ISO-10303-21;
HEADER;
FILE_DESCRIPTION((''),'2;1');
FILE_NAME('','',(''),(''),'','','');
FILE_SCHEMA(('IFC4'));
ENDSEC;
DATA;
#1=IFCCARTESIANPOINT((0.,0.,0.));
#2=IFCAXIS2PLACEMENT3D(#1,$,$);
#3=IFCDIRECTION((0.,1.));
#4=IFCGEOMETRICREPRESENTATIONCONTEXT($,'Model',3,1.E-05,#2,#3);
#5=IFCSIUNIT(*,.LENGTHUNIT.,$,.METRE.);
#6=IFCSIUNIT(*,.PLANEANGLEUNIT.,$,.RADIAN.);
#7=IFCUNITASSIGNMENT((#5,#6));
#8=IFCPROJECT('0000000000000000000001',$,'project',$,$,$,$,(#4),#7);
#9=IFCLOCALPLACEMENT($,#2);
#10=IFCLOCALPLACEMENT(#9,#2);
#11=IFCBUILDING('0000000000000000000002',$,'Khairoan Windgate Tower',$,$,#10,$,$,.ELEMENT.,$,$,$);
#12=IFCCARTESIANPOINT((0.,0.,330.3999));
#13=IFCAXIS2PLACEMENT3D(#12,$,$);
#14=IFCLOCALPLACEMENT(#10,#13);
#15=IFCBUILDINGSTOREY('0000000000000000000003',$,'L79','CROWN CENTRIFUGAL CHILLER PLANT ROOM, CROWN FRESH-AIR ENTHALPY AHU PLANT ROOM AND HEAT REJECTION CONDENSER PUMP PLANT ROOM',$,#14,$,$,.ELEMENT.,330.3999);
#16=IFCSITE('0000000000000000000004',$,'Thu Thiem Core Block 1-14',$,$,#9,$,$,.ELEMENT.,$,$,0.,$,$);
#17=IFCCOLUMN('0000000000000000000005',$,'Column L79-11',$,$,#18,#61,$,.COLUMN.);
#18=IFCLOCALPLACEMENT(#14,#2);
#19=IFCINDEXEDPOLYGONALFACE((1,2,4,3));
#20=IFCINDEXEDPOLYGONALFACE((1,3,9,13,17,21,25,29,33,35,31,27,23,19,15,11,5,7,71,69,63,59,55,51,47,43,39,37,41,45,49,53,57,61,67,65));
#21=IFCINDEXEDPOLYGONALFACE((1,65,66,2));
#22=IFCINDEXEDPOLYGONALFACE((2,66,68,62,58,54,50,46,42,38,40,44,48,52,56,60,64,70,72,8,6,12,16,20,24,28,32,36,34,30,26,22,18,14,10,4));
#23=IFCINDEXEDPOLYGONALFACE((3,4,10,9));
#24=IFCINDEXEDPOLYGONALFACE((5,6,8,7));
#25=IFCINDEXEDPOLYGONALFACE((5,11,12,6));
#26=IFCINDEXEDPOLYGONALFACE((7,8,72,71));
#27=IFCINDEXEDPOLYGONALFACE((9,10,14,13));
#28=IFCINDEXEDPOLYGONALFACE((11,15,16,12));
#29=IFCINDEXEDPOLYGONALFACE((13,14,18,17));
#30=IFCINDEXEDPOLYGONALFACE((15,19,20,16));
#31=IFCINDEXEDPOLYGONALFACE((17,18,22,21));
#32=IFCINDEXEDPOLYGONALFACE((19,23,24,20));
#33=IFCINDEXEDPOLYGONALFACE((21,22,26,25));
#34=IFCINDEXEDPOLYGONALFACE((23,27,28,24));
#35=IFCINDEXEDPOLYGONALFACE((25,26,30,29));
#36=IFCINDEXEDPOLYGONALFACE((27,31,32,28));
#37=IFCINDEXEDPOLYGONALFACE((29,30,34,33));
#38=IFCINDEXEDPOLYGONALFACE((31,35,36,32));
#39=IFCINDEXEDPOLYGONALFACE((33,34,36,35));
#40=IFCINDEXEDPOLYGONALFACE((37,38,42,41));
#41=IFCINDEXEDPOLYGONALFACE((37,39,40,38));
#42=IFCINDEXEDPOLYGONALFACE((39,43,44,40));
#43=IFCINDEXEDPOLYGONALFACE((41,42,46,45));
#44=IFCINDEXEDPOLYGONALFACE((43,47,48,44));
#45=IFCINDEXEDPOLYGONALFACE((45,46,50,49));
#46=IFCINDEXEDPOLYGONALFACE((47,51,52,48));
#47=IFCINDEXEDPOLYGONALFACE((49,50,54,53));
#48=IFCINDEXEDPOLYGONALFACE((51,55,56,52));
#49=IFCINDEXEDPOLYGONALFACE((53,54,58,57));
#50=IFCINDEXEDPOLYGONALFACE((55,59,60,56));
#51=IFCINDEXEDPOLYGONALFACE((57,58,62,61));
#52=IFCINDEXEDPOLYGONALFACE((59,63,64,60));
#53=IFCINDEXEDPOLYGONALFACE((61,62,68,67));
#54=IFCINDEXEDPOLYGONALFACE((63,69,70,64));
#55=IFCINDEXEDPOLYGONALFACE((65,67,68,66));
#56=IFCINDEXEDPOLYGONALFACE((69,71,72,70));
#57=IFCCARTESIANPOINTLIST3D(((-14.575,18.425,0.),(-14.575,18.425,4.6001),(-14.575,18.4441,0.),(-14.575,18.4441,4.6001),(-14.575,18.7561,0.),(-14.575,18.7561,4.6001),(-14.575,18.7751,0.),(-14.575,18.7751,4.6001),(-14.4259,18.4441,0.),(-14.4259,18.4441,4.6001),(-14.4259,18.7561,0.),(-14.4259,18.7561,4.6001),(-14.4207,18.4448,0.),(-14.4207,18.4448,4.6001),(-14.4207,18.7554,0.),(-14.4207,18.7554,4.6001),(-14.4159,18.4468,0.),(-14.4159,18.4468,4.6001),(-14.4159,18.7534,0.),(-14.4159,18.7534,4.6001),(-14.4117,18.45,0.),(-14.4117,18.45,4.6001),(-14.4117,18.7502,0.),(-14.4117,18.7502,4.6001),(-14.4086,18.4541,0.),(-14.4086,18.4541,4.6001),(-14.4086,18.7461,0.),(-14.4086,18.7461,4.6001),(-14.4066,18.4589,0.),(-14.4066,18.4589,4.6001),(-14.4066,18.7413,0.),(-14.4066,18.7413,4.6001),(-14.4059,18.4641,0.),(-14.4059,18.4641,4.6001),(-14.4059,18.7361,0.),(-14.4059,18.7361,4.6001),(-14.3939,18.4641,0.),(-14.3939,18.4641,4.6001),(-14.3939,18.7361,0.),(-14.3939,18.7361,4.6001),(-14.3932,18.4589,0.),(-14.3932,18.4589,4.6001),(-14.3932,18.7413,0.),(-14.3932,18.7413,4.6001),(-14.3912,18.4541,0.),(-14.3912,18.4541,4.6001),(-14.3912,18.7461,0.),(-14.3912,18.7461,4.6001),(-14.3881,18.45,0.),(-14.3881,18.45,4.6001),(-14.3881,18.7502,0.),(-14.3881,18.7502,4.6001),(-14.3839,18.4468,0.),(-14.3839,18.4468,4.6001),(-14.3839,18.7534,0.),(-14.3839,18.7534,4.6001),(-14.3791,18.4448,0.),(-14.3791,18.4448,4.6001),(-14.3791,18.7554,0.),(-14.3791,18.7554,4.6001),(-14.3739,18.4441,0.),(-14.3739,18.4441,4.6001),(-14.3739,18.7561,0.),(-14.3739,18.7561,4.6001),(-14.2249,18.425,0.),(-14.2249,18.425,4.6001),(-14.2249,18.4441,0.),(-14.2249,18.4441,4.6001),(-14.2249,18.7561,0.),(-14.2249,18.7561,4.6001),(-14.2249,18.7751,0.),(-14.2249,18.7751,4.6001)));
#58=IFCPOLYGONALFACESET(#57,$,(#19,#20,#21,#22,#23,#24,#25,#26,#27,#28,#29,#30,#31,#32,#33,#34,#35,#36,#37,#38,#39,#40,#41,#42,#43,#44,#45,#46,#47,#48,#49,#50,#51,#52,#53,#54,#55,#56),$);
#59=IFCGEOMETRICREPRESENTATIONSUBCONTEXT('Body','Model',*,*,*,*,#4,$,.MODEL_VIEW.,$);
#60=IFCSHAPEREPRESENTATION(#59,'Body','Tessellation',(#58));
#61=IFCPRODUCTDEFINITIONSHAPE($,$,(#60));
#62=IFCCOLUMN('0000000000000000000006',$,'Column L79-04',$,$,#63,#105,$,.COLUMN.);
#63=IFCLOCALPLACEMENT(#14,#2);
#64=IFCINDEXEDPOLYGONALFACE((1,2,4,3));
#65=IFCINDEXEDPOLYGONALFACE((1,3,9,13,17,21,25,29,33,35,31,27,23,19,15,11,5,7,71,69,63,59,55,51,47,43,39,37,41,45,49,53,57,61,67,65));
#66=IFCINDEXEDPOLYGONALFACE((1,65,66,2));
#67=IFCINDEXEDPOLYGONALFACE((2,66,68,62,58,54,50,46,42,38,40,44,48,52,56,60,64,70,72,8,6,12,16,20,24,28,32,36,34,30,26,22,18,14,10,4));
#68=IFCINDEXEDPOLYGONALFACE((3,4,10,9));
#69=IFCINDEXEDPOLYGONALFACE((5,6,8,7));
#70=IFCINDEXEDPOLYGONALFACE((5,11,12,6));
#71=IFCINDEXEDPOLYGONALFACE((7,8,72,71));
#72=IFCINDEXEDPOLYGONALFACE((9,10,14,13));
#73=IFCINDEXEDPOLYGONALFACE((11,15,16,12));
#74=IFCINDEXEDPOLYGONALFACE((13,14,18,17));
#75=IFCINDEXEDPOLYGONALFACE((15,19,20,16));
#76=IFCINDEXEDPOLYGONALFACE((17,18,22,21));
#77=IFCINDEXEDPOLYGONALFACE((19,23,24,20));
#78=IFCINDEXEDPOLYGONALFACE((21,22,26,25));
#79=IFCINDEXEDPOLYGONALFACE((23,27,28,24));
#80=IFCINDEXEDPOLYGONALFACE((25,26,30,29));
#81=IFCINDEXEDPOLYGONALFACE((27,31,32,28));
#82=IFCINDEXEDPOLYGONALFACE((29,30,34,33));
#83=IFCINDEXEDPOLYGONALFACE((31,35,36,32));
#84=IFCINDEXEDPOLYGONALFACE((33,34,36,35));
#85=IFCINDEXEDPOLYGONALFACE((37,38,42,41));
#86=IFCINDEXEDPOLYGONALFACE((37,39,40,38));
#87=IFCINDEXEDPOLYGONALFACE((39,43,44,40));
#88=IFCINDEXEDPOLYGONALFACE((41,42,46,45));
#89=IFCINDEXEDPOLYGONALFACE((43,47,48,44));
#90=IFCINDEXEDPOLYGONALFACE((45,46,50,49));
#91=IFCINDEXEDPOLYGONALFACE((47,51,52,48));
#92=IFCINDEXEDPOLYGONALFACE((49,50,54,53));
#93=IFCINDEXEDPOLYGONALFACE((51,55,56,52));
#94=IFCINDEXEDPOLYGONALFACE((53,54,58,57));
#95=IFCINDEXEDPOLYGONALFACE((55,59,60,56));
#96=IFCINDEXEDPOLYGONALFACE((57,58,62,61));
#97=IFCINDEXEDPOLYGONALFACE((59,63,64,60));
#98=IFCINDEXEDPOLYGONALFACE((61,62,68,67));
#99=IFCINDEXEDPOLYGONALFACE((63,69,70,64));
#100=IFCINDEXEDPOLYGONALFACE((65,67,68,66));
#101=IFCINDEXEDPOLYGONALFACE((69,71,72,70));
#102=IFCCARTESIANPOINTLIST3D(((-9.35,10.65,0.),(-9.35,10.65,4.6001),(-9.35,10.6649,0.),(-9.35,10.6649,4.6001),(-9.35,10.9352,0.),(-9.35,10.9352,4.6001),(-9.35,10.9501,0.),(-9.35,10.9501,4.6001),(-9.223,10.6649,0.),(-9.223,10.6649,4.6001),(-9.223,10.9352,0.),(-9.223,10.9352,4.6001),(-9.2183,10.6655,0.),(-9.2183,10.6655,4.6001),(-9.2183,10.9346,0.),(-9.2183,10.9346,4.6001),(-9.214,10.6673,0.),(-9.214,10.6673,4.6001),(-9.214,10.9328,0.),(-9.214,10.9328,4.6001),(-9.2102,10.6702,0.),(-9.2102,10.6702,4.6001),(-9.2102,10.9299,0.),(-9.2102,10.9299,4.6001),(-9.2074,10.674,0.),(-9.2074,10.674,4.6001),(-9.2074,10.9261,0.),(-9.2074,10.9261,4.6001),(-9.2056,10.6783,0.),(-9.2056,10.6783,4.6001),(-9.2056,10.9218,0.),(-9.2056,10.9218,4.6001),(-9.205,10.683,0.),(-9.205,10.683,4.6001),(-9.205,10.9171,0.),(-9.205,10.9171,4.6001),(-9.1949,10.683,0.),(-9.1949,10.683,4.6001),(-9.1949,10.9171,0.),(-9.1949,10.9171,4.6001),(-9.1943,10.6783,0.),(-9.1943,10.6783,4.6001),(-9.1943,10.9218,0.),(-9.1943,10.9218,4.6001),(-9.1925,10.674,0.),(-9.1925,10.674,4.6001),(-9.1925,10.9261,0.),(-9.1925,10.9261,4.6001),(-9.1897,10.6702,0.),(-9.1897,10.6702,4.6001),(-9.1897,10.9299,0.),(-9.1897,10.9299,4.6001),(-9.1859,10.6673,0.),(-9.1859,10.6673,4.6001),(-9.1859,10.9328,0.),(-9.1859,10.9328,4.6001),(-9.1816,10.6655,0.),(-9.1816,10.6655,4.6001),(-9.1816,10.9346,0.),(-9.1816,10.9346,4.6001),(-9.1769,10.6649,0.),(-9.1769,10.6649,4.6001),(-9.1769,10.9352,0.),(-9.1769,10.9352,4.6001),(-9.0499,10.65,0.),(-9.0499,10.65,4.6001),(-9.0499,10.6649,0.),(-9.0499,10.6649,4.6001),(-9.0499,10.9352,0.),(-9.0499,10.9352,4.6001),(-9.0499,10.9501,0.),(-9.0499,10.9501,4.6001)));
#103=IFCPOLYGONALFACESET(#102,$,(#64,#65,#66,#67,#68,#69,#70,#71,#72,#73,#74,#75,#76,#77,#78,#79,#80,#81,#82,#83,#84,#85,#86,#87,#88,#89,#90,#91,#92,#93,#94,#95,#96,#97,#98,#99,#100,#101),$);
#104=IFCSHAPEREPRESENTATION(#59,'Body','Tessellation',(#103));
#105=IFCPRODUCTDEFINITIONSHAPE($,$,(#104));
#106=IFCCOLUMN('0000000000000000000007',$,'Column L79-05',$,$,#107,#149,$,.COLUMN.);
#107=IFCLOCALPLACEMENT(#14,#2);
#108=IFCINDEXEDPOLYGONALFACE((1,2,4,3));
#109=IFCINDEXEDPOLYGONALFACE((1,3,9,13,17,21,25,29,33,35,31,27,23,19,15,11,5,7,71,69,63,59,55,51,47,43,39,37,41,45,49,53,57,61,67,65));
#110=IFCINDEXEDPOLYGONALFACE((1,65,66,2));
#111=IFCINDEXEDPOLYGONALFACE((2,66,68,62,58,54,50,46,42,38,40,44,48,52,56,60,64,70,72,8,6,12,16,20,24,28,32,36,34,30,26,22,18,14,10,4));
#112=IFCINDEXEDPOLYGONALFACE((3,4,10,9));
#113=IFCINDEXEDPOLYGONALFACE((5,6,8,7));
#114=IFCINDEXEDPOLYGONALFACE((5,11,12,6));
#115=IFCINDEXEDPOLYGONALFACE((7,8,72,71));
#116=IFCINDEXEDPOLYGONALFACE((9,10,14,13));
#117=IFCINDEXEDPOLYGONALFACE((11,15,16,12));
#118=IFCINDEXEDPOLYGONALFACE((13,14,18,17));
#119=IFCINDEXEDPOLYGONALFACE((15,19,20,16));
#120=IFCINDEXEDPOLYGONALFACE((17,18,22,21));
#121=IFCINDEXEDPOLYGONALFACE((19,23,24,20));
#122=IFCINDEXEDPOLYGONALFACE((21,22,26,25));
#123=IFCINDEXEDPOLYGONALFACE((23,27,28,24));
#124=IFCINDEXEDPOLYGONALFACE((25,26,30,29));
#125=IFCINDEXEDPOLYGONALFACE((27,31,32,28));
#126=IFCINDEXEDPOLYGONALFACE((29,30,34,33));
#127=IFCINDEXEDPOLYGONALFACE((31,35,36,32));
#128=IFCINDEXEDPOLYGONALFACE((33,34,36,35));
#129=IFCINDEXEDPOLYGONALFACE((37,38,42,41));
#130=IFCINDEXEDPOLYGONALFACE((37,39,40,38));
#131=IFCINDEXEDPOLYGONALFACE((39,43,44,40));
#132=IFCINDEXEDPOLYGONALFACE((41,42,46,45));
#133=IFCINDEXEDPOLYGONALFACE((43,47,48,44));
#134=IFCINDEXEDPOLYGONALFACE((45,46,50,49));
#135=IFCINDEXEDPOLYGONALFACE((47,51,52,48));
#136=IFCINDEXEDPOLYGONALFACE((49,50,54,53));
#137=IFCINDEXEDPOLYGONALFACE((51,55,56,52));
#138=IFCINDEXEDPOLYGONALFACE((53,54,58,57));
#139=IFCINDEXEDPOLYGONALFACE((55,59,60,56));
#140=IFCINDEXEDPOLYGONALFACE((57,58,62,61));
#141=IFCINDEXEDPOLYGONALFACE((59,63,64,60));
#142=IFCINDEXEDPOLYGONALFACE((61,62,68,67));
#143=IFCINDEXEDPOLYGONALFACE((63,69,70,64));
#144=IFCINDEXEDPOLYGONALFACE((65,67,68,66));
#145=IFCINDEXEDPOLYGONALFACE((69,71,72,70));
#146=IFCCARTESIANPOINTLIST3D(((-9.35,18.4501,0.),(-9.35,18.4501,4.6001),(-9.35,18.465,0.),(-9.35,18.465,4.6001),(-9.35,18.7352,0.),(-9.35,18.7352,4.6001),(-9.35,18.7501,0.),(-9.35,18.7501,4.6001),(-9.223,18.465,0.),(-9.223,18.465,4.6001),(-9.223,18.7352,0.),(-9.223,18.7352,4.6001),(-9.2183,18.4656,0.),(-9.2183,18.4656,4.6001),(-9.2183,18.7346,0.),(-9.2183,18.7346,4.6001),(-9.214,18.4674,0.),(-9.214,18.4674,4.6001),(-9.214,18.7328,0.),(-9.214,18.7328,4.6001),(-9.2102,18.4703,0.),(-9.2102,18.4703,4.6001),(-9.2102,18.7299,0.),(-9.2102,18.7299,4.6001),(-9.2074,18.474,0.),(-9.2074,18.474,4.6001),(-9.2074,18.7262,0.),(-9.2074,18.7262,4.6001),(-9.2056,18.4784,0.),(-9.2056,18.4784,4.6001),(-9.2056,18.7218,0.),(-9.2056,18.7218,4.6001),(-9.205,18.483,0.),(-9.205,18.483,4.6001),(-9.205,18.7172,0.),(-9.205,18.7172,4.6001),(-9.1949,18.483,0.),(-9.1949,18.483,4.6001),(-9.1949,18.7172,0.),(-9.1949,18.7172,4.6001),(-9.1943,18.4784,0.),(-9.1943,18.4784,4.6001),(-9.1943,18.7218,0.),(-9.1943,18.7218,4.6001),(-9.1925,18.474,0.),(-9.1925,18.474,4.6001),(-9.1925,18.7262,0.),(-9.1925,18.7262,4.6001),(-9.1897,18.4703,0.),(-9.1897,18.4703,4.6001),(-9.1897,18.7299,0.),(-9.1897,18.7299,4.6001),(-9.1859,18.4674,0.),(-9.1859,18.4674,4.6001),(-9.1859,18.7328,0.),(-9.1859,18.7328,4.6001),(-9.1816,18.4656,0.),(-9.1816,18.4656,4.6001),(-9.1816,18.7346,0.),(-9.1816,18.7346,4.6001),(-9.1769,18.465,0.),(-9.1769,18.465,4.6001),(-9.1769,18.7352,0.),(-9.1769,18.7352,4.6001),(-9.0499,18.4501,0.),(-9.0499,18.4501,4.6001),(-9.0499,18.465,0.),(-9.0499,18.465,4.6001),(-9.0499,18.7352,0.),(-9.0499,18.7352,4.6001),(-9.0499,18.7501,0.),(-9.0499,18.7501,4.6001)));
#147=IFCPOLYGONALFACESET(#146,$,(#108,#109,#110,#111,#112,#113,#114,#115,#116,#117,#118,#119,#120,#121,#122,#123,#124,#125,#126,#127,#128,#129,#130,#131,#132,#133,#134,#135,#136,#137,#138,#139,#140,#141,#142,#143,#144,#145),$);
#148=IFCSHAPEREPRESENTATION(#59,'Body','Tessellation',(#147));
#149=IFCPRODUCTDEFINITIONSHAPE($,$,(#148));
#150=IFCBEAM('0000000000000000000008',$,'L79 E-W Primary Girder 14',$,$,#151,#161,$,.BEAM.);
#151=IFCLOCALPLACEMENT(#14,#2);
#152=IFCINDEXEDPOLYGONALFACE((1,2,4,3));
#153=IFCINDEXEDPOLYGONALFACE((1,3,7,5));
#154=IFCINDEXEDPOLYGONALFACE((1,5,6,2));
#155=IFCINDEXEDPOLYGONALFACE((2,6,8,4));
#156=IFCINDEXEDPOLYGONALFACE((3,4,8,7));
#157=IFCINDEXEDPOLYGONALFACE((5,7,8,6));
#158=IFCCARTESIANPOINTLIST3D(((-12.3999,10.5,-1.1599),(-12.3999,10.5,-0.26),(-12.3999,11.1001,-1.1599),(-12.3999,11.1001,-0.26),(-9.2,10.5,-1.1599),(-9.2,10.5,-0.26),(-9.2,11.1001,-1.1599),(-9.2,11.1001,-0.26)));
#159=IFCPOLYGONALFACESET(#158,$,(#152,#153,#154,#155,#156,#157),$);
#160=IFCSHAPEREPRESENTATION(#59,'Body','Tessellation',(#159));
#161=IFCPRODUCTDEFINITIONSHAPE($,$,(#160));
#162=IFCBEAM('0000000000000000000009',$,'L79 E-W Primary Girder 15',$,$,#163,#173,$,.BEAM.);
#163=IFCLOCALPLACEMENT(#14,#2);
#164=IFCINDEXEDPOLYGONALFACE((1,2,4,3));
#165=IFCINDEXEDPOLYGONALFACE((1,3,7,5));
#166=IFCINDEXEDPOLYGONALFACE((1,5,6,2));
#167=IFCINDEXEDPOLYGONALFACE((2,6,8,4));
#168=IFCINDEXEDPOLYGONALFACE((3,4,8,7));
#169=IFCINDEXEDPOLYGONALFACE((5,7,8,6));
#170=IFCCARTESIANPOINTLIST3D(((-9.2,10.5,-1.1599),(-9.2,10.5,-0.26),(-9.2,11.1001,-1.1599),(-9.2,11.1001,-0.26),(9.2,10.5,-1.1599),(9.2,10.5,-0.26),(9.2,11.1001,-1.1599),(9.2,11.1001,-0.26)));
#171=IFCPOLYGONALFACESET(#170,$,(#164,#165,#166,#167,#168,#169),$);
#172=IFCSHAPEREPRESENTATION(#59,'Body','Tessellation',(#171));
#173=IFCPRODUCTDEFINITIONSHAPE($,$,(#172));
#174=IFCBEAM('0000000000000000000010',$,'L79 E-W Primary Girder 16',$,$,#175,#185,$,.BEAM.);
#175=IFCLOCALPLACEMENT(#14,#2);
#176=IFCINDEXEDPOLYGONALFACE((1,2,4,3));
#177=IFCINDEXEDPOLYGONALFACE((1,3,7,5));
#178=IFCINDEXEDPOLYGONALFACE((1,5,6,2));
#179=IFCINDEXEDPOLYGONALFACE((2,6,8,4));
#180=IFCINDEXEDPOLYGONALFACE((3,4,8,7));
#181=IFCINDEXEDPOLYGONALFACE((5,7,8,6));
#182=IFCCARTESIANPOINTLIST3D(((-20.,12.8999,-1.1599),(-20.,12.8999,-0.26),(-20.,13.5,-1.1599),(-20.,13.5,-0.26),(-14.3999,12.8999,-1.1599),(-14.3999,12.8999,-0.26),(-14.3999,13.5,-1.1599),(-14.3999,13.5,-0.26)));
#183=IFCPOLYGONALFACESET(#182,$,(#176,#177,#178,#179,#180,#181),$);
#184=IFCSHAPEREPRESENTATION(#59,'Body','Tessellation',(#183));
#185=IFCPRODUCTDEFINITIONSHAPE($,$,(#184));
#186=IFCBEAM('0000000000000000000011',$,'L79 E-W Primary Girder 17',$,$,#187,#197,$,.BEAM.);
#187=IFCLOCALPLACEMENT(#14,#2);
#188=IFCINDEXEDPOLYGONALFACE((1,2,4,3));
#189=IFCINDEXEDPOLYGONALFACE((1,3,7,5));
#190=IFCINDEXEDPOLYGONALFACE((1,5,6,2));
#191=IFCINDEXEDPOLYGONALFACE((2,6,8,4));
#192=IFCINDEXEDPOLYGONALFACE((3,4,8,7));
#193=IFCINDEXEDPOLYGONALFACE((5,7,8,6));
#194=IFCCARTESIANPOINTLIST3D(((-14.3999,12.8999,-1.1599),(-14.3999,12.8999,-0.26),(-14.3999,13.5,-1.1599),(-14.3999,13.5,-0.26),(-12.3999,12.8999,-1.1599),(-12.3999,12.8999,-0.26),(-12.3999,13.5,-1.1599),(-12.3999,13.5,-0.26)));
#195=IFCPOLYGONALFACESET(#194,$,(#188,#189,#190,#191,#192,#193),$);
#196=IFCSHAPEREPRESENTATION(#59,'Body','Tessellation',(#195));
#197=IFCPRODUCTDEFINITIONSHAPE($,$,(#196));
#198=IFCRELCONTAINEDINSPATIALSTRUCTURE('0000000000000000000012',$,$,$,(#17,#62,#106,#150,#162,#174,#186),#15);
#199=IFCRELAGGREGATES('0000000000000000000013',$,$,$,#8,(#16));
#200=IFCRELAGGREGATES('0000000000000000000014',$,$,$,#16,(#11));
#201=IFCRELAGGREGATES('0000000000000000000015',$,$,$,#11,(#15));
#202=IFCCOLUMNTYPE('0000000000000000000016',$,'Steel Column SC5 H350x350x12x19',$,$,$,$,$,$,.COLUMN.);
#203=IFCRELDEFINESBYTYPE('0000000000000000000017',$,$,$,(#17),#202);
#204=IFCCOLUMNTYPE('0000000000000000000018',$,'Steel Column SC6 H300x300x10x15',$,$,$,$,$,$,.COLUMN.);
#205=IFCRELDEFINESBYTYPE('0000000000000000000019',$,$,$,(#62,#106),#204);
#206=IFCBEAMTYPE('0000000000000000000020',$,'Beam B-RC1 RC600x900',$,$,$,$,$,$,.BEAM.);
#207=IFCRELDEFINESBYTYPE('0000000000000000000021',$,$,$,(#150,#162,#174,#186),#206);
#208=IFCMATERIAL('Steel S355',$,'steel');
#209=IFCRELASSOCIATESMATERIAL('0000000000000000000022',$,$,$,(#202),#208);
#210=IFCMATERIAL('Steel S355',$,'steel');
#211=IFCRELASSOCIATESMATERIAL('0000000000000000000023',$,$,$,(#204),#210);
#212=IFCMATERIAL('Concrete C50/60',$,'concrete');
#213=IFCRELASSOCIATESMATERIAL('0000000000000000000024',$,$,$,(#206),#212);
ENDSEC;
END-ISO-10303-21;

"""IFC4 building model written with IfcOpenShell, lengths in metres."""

from ifc_helpers import new_model, si_unit, direction, frame, origin, origin_2d, place, context, subcontext, project, spatial, rectangle, i_section, extrude, material, material_profile, profile_set, type_object, element, save


model = new_model("IFC4")

# Units and contexts
model_context = context("Model", 3, precision=1e-05, world=origin(), true_north=direction((0.0, 1.0)))
body_context = subcontext(model_context, "Body", "Model", "MODEL_VIEW")
ifc_project = project(units=[si_unit("LENGTHUNIT", "METRE"), si_unit("PLANEANGLEUNIT", "RADIAN")], contexts=[model_context])

# Site, building, storey
site_placement = place(None, origin())
site = spatial("IfcSite", under=ifc_project, at=site_placement, Name="Thu Thiem Core Block 1-14", CompositionType="ELEMENT", RefElevation=0.0)
building_placement = place(site_placement, origin())
building = spatial("IfcBuilding", under=site, at=building_placement, Name="Khairoan Windgate Tower", CompositionType="ELEMENT")
storey_placement = place(building_placement, frame((0.0, 0.0, 330.3999)))
storey = spatial("IfcBuildingStorey", under=building, at=storey_placement, Name="L79", Description="CROWN CENTRIFUGAL CHILLER PLANT ROOM, CROWN FRESH-AIR ENTHALPY AHU PLANT ROOM AND HEAT REJECTION CONDENSER PUMP PLANT ROOM", CompositionType="ELEMENT", Elevation=330.3999)

# Columns
ifc_material_1 = material(Name="Steel S355", Category="steel")
ifc_material_profile_1 = material_profile(ifc_material_1, i_section(OverallWidth=0.3501, OverallDepth=0.3501, WebThickness=0.012, FlangeThickness=0.019, FilletRadius=0.02, at=origin_2d()))
ifc_profile_set_1 = profile_set([ifc_material_profile_1], Name="Steel S355")
column_type_1 = type_object("IfcColumnType", Name="Steel Column SC5 H350x350x12x19", PredefinedType="COLUMN", material=ifc_profile_set_1)
column_placement = place(storey_placement, frame((-14.3999, 18.6001, 0.0), z_axis=(0.0, 0.0, 1.0), x_axis=(1.0, 0.0, 0.0)))
element("IfcColumn", 1, at=column_placement, inside=storey, type_object=column_type_1, Name="Column L79-11", PredefinedType="COLUMN", context=body_context, shape_type="SweptSolid", body=[
    extrude(i_section(OverallWidth=0.3501, OverallDepth=0.3501, WebThickness=0.012, FlangeThickness=0.019, FilletRadius=0.02, at=origin_2d()), origin(), (0.0, 0.0, 1.0), 4.6001),
])
ifc_material_2 = material(Name="Steel S355", Category="steel")
ifc_material_profile_2 = material_profile(ifc_material_2, i_section(OverallWidth=0.3, OverallDepth=0.3, WebThickness=0.01, FlangeThickness=0.0149, FilletRadius=0.0181, at=origin_2d()))
ifc_profile_set_2 = profile_set([ifc_material_profile_2], Name="Steel S355")
column_type_2 = type_object("IfcColumnType", Name="Steel Column SC6 H300x300x10x15", PredefinedType="COLUMN", material=ifc_profile_set_2)
for number, where, z_axis, x_axis, name in (
    (2, (-9.2, 10.8, 0.0), (0.0, 0.0, 1.0), (1.0, 0.0, 0.0), "Column L79-04"),
    (3, (-9.2, 18.6001, 0.0), (0.0, 0.0, 1.0), (1.0, 0.0, 0.0), "Column L79-05"),
):
    element("IfcColumn", number, at=place(storey_placement, frame(where, z_axis=z_axis, x_axis=x_axis)), inside=storey, type_object=column_type_2, Name=name, PredefinedType="COLUMN", context=body_context, shape_type="SweptSolid", body=[
        extrude(i_section(OverallWidth=0.3, OverallDepth=0.3, WebThickness=0.01, FlangeThickness=0.0149, FilletRadius=0.0181, at=origin_2d()), origin(), (0.0, 0.0, 1.0), 4.6001),
    ])

# Beams
ifc_material_3 = material(Name="Concrete C50/60", Category="concrete")
ifc_material_profile_3 = material_profile(ifc_material_3, rectangle(XDim=0.6001, YDim=0.8999, at=origin_2d()))
ifc_profile_set_3 = profile_set([ifc_material_profile_3], Name="Concrete C50/60")
beam_type = type_object("IfcBeamType", Name="Beam B-RC1 RC600x900", PredefinedType="BEAM", material=ifc_profile_set_3)
beam_1_placement = place(storey_placement, frame((-12.3999, 10.8, -0.71), z_axis=(1.0, 0.0, 0.0), x_axis=(0.0, 1.0, 0.0)))
element("IfcBeam", 4, at=beam_1_placement, inside=storey, type_object=beam_type, Name="L79 E-W Primary Girder 14", PredefinedType="BEAM", context=body_context, shape_type="SweptSolid", body=[
    extrude(rectangle(XDim=0.6001, YDim=0.8999, at=origin_2d()), origin(), (0.0, 0.0, 1.0), 3.2),
])
beam_2_placement = place(storey_placement, frame((-9.2, 10.8, -0.71), z_axis=(1.0, 0.0, 0.0), x_axis=(0.0, 1.0, 0.0)))
element("IfcBeam", 5, at=beam_2_placement, inside=storey, type_object=beam_type, Name="L79 E-W Primary Girder 15", PredefinedType="BEAM", context=body_context, shape_type="SweptSolid", body=[
    extrude(rectangle(XDim=0.6001, YDim=0.8999, at=origin_2d()), origin(), (0.0, 0.0, 1.0), 18.3999),
])
beam_3_placement = place(storey_placement, frame((-20.0, 13.2, -0.71), z_axis=(1.0, 0.0, 0.0), x_axis=(0.0, 1.0, 0.0)))
element("IfcBeam", 6, at=beam_3_placement, inside=storey, type_object=beam_type, Name="L79 E-W Primary Girder 16", PredefinedType="BEAM", context=body_context, shape_type="SweptSolid", body=[
    extrude(rectangle(XDim=0.6001, YDim=0.8999, at=origin_2d()), origin(), (0.0, 0.0, 1.0), 5.6001),
])
beam_4_placement = place(storey_placement, frame((-14.3999, 13.2, -0.71), z_axis=(1.0, 0.0, 0.0), x_axis=(0.0, 1.0, 0.0)))
element("IfcBeam", 7, at=beam_4_placement, inside=storey, type_object=beam_type, Name="L79 E-W Primary Girder 17", PredefinedType="BEAM", context=body_context, shape_type="SweptSolid", body=[
    extrude(rectangle(XDim=0.6001, YDim=0.8999, at=origin_2d()), origin(), (0.0, 0.0, 1.0), 2.0),
])

save(model, "model.ifc")
